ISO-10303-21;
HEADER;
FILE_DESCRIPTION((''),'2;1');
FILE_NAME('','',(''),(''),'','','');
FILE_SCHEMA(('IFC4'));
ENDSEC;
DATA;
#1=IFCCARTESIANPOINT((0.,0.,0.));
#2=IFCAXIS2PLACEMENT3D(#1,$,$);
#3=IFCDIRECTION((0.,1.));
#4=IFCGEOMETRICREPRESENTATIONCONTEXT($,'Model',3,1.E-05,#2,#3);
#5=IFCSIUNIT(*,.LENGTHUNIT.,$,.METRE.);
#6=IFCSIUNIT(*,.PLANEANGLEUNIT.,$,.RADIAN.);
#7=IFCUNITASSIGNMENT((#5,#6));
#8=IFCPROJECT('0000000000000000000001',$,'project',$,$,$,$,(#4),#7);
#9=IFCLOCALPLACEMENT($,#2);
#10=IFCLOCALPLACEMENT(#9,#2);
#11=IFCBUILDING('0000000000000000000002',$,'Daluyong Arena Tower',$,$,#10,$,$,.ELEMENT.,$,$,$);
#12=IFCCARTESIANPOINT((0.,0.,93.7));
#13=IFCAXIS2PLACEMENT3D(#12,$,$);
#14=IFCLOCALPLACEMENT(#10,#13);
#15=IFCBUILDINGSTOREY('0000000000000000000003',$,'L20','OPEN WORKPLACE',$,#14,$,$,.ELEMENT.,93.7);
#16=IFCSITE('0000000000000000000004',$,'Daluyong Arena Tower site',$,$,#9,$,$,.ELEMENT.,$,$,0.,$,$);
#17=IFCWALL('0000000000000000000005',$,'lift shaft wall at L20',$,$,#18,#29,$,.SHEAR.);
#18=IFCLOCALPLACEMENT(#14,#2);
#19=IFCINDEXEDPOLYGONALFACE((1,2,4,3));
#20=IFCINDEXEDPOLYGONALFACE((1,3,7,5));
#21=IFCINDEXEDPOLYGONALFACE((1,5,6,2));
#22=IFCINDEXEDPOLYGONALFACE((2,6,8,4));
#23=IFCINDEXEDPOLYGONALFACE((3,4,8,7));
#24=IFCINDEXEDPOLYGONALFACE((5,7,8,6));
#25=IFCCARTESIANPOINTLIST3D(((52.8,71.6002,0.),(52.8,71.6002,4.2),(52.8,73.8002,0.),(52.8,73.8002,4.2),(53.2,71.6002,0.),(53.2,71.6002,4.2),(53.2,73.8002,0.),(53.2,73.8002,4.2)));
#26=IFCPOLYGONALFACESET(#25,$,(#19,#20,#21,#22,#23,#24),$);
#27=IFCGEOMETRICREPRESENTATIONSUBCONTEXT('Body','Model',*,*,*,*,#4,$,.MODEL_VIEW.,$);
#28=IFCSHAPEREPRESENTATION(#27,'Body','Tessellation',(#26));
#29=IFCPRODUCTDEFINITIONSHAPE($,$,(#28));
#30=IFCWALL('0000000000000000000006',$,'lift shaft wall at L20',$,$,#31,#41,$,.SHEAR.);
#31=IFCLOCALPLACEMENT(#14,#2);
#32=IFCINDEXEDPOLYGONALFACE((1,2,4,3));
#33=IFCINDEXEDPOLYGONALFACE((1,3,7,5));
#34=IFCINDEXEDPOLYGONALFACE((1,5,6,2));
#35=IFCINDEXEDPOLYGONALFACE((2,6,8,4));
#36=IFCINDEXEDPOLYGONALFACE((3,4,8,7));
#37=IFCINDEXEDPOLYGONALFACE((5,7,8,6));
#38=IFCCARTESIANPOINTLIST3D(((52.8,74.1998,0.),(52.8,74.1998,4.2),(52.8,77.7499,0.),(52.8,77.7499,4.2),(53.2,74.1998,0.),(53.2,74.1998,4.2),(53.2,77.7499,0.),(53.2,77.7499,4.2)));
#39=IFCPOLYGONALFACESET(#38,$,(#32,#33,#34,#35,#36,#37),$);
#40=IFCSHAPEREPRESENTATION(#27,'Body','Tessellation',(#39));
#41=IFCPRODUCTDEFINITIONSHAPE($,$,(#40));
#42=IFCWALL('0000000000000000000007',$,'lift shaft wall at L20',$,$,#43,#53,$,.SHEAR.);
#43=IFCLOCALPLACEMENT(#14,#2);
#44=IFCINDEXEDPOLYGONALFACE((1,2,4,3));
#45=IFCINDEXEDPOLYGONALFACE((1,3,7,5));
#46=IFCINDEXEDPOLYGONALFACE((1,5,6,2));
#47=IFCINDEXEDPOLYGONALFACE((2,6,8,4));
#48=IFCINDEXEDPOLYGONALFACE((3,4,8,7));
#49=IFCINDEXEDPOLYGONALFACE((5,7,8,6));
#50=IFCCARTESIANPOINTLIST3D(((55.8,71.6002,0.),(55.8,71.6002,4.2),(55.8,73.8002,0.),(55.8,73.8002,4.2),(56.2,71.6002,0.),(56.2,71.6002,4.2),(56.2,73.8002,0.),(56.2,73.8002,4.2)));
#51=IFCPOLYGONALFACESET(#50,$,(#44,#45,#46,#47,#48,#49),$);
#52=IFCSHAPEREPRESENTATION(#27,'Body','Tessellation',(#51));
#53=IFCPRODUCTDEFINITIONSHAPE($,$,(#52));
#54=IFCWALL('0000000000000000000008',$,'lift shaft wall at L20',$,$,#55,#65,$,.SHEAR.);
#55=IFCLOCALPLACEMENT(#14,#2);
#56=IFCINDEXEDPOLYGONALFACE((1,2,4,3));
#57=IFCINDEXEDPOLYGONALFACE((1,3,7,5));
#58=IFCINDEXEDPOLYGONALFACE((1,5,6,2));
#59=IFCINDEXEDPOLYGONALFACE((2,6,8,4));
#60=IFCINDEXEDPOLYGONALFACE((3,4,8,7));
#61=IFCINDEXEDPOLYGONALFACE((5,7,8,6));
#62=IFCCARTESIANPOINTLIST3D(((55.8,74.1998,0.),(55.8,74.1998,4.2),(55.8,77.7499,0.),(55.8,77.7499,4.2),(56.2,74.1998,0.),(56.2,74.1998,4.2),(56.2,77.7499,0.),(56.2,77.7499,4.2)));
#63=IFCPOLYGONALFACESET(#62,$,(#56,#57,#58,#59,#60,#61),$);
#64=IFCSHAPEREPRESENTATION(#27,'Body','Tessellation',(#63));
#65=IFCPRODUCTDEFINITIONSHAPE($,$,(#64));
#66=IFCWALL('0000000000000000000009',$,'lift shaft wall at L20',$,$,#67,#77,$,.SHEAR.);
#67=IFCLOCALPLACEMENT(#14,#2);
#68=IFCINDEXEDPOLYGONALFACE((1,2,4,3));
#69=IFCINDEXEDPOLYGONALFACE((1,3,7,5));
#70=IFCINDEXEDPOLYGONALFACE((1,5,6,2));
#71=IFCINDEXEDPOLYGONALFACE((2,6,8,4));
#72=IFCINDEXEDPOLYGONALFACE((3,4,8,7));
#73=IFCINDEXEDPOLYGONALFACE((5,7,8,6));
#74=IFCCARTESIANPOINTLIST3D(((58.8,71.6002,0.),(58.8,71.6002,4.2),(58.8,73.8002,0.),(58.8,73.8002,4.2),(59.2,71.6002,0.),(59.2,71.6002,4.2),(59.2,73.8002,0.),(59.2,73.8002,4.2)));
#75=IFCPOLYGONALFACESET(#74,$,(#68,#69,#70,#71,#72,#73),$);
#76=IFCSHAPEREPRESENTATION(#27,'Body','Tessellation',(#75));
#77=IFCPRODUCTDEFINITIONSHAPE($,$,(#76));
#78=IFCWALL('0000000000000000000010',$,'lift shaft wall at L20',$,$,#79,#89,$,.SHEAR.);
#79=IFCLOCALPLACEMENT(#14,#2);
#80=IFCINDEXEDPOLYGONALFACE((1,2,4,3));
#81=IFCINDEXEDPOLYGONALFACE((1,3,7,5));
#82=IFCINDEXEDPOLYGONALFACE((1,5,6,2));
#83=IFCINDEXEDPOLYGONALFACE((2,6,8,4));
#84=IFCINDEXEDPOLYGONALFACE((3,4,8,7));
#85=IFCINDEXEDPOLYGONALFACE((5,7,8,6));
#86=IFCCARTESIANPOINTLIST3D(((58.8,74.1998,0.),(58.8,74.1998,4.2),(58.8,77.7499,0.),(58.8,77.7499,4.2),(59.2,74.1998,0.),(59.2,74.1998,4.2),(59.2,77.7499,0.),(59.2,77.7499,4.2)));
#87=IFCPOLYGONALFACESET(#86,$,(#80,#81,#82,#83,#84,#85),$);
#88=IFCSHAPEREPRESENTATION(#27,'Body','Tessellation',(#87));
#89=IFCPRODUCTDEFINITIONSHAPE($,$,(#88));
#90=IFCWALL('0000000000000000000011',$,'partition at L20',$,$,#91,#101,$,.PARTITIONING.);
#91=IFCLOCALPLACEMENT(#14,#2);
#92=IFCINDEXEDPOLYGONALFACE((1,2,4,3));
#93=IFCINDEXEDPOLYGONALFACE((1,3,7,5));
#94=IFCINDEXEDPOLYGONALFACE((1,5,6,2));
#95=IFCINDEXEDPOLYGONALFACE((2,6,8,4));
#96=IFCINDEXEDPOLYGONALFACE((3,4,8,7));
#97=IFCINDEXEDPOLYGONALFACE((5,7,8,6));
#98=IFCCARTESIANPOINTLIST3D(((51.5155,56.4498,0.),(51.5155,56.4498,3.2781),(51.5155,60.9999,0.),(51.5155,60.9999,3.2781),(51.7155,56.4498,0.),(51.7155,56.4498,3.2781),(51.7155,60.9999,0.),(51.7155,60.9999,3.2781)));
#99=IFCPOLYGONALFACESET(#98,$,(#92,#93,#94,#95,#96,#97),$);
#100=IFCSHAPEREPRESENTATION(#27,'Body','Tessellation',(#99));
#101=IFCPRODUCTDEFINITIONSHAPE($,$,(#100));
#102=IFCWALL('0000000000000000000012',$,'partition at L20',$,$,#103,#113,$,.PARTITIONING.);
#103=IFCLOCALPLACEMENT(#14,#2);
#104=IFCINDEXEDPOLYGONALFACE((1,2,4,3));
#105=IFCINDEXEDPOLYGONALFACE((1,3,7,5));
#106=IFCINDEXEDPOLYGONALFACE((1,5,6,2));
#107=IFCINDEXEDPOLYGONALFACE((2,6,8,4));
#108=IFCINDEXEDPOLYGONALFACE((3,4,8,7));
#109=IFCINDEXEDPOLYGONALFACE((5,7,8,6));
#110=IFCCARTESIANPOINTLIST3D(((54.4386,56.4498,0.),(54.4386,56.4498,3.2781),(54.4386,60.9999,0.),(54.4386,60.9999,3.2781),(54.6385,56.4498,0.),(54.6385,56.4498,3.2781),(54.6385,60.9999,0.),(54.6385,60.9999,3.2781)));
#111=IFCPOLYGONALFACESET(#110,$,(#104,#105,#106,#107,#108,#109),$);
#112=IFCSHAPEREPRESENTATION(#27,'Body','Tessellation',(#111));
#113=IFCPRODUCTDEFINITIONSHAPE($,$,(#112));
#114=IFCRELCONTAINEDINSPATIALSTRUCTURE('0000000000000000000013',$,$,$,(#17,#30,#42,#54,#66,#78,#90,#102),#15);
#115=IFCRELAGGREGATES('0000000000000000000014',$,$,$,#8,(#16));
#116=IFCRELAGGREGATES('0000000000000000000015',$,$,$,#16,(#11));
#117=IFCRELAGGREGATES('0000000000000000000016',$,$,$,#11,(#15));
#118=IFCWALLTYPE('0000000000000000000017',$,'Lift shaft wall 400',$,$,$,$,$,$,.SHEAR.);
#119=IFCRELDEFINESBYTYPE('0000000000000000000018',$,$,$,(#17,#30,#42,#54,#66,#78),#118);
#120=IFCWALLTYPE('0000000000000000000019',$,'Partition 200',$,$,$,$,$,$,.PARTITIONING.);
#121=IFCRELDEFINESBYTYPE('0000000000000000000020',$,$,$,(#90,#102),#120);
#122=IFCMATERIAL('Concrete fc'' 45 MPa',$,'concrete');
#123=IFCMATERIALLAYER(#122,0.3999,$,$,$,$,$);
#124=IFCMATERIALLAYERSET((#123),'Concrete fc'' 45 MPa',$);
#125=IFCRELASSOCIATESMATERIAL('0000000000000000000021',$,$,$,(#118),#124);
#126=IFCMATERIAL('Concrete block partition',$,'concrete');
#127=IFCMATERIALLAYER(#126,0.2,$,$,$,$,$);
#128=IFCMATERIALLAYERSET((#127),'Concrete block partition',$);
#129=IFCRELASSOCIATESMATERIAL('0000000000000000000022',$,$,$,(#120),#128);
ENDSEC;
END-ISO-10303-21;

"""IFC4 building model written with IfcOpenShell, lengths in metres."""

from ifc_helpers import new_model, si_unit, direction, frame, frame_2d, origin, place, context, subcontext, project, spatial, rectangle, extrude, material, layer, layer_set, type_object, element, save


model = new_model("IFC4")

# Units and contexts
model_context = context("Model", 3, precision=1e-05, world=origin(), true_north=direction((0.0, 1.0)))
body_context = subcontext(model_context, "Body", "Model", "MODEL_VIEW")
ifc_project = project(units=[si_unit("LENGTHUNIT", "METRE"), si_unit("PLANEANGLEUNIT", "RADIAN")], contexts=[model_context])

# Site, building, storey
site_placement = place(None, origin())
site = spatial("IfcSite", under=ifc_project, at=site_placement, Name="Daluyong Arena Tower site", CompositionType="ELEMENT", RefElevation=0.0)
building_placement = place(site_placement, origin())
building = spatial("IfcBuilding", under=site, at=building_placement, Name="Daluyong Arena Tower", CompositionType="ELEMENT")
storey_placement = place(building_placement, frame((0.0, 0.0, 93.7)))
storey = spatial("IfcBuildingStorey", under=building, at=storey_placement, Name="L20", Description="OPEN WORKPLACE", CompositionType="ELEMENT", Elevation=93.7)

# Walls
ifc_material_1 = material(Name="Concrete fc' 45 MPa", Category="concrete")
ifc_layer_1 = layer(ifc_material_1, 0.3999)
ifc_layer_set_1 = layer_set([ifc_layer_1], Name="Concrete fc' 45 MPa")
wall_type_1 = type_object("IfcWallType", Name="Lift shaft wall 400", PredefinedType="SHEAR", material=ifc_layer_set_1)
wall_1_placement = place(storey_placement, frame((53.0, 71.6001, 0.0), z_axis=(0.0, 0.0, 1.0), x_axis=(0.0, 1.0, 0.0)))
element("IfcWall", 1, at=wall_1_placement, inside=storey, type_object=wall_type_1, Name="lift shaft wall at L20", PredefinedType="SHEAR", context=body_context, shape_type="SweptSolid", body=[
    extrude(rectangle(XDim=2.2, YDim=0.3999, at=frame_2d((1.1001, 0.0))), origin(), (0.0, 0.0, 1.0), 4.2),
])
wall_2_placement = place(storey_placement, frame((53.0, 74.2, 0.0), z_axis=(0.0, 0.0, 1.0), x_axis=(0.0, 1.0, 0.0)))
element("IfcWall", 2, at=wall_2_placement, inside=storey, type_object=wall_type_1, Name="lift shaft wall at L20", PredefinedType="SHEAR", context=body_context, shape_type="SweptSolid", body=[
    extrude(rectangle(XDim=3.55, YDim=0.3999, at=frame_2d((1.7749, 0.0))), origin(), (0.0, 0.0, 1.0), 4.2),
])
wall_3_placement = place(storey_placement, frame((56.0, 71.6001, 0.0), z_axis=(0.0, 0.0, 1.0), x_axis=(0.0, 1.0, 0.0)))
element("IfcWall", 3, at=wall_3_placement, inside=storey, type_object=wall_type_1, Name="lift shaft wall at L20", PredefinedType="SHEAR", context=body_context, shape_type="SweptSolid", body=[
    extrude(rectangle(XDim=2.2, YDim=0.3999, at=frame_2d((1.1001, 0.0))), origin(), (0.0, 0.0, 1.0), 4.2),
])
wall_4_placement = place(storey_placement, frame((56.0, 74.2, 0.0), z_axis=(0.0, 0.0, 1.0), x_axis=(0.0, 1.0, 0.0)))
element("IfcWall", 4, at=wall_4_placement, inside=storey, type_object=wall_type_1, Name="lift shaft wall at L20", PredefinedType="SHEAR", context=body_context, shape_type="SweptSolid", body=[
    extrude(rectangle(XDim=3.55, YDim=0.3999, at=frame_2d((1.7749, 0.0))), origin(), (0.0, 0.0, 1.0), 4.2),
])
wall_5_placement = place(storey_placement, frame((59.0, 71.6001, 0.0), z_axis=(0.0, 0.0, 1.0), x_axis=(0.0, 1.0, 0.0)))
element("IfcWall", 5, at=wall_5_placement, inside=storey, type_object=wall_type_1, Name="lift shaft wall at L20", PredefinedType="SHEAR", context=body_context, shape_type="SweptSolid", body=[
    extrude(rectangle(XDim=2.2, YDim=0.3999, at=frame_2d((1.1001, 0.0))), origin(), (0.0, 0.0, 1.0), 4.2),
])
wall_6_placement = place(storey_placement, frame((59.0, 74.2, 0.0), z_axis=(0.0, 0.0, 1.0), x_axis=(0.0, 1.0, 0.0)))
element("IfcWall", 6, at=wall_6_placement, inside=storey, type_object=wall_type_1, Name="lift shaft wall at L20", PredefinedType="SHEAR", context=body_context, shape_type="SweptSolid", body=[
    extrude(rectangle(XDim=3.55, YDim=0.3999, at=frame_2d((1.7749, 0.0))), origin(), (0.0, 0.0, 1.0), 4.2),
])
ifc_material_2 = material(Name="Concrete block partition", Category="concrete")
ifc_layer_2 = layer(ifc_material_2, 0.2)
ifc_layer_set_2 = layer_set([ifc_layer_2], Name="Concrete block partition")
wall_type_2 = type_object("IfcWallType", Name="Partition 200", PredefinedType="PARTITIONING", material=ifc_layer_set_2)
for number, where, z_axis, x_axis, name in (
    (7, (51.6155, 56.45, 0.0), (0.0, 0.0, 1.0), (0.0, 1.0, 0.0), "partition at L20"),
    (8, (54.5386, 56.45, 0.0), (0.0, 0.0, 1.0), (0.0, 1.0, 0.0), "partition at L20"),
):
    element("IfcWall", number, at=place(storey_placement, frame(where, z_axis=z_axis, x_axis=x_axis)), inside=storey, type_object=wall_type_2, Name=name, PredefinedType="PARTITIONING", context=body_context, shape_type="SweptSolid", body=[
        extrude(rectangle(XDim=4.55, YDim=0.2, at=frame_2d((2.2749, 0.0))), origin(), (0.0, 0.0, 1.0), 3.2781),
    ])

save(model, "model.ifc")
